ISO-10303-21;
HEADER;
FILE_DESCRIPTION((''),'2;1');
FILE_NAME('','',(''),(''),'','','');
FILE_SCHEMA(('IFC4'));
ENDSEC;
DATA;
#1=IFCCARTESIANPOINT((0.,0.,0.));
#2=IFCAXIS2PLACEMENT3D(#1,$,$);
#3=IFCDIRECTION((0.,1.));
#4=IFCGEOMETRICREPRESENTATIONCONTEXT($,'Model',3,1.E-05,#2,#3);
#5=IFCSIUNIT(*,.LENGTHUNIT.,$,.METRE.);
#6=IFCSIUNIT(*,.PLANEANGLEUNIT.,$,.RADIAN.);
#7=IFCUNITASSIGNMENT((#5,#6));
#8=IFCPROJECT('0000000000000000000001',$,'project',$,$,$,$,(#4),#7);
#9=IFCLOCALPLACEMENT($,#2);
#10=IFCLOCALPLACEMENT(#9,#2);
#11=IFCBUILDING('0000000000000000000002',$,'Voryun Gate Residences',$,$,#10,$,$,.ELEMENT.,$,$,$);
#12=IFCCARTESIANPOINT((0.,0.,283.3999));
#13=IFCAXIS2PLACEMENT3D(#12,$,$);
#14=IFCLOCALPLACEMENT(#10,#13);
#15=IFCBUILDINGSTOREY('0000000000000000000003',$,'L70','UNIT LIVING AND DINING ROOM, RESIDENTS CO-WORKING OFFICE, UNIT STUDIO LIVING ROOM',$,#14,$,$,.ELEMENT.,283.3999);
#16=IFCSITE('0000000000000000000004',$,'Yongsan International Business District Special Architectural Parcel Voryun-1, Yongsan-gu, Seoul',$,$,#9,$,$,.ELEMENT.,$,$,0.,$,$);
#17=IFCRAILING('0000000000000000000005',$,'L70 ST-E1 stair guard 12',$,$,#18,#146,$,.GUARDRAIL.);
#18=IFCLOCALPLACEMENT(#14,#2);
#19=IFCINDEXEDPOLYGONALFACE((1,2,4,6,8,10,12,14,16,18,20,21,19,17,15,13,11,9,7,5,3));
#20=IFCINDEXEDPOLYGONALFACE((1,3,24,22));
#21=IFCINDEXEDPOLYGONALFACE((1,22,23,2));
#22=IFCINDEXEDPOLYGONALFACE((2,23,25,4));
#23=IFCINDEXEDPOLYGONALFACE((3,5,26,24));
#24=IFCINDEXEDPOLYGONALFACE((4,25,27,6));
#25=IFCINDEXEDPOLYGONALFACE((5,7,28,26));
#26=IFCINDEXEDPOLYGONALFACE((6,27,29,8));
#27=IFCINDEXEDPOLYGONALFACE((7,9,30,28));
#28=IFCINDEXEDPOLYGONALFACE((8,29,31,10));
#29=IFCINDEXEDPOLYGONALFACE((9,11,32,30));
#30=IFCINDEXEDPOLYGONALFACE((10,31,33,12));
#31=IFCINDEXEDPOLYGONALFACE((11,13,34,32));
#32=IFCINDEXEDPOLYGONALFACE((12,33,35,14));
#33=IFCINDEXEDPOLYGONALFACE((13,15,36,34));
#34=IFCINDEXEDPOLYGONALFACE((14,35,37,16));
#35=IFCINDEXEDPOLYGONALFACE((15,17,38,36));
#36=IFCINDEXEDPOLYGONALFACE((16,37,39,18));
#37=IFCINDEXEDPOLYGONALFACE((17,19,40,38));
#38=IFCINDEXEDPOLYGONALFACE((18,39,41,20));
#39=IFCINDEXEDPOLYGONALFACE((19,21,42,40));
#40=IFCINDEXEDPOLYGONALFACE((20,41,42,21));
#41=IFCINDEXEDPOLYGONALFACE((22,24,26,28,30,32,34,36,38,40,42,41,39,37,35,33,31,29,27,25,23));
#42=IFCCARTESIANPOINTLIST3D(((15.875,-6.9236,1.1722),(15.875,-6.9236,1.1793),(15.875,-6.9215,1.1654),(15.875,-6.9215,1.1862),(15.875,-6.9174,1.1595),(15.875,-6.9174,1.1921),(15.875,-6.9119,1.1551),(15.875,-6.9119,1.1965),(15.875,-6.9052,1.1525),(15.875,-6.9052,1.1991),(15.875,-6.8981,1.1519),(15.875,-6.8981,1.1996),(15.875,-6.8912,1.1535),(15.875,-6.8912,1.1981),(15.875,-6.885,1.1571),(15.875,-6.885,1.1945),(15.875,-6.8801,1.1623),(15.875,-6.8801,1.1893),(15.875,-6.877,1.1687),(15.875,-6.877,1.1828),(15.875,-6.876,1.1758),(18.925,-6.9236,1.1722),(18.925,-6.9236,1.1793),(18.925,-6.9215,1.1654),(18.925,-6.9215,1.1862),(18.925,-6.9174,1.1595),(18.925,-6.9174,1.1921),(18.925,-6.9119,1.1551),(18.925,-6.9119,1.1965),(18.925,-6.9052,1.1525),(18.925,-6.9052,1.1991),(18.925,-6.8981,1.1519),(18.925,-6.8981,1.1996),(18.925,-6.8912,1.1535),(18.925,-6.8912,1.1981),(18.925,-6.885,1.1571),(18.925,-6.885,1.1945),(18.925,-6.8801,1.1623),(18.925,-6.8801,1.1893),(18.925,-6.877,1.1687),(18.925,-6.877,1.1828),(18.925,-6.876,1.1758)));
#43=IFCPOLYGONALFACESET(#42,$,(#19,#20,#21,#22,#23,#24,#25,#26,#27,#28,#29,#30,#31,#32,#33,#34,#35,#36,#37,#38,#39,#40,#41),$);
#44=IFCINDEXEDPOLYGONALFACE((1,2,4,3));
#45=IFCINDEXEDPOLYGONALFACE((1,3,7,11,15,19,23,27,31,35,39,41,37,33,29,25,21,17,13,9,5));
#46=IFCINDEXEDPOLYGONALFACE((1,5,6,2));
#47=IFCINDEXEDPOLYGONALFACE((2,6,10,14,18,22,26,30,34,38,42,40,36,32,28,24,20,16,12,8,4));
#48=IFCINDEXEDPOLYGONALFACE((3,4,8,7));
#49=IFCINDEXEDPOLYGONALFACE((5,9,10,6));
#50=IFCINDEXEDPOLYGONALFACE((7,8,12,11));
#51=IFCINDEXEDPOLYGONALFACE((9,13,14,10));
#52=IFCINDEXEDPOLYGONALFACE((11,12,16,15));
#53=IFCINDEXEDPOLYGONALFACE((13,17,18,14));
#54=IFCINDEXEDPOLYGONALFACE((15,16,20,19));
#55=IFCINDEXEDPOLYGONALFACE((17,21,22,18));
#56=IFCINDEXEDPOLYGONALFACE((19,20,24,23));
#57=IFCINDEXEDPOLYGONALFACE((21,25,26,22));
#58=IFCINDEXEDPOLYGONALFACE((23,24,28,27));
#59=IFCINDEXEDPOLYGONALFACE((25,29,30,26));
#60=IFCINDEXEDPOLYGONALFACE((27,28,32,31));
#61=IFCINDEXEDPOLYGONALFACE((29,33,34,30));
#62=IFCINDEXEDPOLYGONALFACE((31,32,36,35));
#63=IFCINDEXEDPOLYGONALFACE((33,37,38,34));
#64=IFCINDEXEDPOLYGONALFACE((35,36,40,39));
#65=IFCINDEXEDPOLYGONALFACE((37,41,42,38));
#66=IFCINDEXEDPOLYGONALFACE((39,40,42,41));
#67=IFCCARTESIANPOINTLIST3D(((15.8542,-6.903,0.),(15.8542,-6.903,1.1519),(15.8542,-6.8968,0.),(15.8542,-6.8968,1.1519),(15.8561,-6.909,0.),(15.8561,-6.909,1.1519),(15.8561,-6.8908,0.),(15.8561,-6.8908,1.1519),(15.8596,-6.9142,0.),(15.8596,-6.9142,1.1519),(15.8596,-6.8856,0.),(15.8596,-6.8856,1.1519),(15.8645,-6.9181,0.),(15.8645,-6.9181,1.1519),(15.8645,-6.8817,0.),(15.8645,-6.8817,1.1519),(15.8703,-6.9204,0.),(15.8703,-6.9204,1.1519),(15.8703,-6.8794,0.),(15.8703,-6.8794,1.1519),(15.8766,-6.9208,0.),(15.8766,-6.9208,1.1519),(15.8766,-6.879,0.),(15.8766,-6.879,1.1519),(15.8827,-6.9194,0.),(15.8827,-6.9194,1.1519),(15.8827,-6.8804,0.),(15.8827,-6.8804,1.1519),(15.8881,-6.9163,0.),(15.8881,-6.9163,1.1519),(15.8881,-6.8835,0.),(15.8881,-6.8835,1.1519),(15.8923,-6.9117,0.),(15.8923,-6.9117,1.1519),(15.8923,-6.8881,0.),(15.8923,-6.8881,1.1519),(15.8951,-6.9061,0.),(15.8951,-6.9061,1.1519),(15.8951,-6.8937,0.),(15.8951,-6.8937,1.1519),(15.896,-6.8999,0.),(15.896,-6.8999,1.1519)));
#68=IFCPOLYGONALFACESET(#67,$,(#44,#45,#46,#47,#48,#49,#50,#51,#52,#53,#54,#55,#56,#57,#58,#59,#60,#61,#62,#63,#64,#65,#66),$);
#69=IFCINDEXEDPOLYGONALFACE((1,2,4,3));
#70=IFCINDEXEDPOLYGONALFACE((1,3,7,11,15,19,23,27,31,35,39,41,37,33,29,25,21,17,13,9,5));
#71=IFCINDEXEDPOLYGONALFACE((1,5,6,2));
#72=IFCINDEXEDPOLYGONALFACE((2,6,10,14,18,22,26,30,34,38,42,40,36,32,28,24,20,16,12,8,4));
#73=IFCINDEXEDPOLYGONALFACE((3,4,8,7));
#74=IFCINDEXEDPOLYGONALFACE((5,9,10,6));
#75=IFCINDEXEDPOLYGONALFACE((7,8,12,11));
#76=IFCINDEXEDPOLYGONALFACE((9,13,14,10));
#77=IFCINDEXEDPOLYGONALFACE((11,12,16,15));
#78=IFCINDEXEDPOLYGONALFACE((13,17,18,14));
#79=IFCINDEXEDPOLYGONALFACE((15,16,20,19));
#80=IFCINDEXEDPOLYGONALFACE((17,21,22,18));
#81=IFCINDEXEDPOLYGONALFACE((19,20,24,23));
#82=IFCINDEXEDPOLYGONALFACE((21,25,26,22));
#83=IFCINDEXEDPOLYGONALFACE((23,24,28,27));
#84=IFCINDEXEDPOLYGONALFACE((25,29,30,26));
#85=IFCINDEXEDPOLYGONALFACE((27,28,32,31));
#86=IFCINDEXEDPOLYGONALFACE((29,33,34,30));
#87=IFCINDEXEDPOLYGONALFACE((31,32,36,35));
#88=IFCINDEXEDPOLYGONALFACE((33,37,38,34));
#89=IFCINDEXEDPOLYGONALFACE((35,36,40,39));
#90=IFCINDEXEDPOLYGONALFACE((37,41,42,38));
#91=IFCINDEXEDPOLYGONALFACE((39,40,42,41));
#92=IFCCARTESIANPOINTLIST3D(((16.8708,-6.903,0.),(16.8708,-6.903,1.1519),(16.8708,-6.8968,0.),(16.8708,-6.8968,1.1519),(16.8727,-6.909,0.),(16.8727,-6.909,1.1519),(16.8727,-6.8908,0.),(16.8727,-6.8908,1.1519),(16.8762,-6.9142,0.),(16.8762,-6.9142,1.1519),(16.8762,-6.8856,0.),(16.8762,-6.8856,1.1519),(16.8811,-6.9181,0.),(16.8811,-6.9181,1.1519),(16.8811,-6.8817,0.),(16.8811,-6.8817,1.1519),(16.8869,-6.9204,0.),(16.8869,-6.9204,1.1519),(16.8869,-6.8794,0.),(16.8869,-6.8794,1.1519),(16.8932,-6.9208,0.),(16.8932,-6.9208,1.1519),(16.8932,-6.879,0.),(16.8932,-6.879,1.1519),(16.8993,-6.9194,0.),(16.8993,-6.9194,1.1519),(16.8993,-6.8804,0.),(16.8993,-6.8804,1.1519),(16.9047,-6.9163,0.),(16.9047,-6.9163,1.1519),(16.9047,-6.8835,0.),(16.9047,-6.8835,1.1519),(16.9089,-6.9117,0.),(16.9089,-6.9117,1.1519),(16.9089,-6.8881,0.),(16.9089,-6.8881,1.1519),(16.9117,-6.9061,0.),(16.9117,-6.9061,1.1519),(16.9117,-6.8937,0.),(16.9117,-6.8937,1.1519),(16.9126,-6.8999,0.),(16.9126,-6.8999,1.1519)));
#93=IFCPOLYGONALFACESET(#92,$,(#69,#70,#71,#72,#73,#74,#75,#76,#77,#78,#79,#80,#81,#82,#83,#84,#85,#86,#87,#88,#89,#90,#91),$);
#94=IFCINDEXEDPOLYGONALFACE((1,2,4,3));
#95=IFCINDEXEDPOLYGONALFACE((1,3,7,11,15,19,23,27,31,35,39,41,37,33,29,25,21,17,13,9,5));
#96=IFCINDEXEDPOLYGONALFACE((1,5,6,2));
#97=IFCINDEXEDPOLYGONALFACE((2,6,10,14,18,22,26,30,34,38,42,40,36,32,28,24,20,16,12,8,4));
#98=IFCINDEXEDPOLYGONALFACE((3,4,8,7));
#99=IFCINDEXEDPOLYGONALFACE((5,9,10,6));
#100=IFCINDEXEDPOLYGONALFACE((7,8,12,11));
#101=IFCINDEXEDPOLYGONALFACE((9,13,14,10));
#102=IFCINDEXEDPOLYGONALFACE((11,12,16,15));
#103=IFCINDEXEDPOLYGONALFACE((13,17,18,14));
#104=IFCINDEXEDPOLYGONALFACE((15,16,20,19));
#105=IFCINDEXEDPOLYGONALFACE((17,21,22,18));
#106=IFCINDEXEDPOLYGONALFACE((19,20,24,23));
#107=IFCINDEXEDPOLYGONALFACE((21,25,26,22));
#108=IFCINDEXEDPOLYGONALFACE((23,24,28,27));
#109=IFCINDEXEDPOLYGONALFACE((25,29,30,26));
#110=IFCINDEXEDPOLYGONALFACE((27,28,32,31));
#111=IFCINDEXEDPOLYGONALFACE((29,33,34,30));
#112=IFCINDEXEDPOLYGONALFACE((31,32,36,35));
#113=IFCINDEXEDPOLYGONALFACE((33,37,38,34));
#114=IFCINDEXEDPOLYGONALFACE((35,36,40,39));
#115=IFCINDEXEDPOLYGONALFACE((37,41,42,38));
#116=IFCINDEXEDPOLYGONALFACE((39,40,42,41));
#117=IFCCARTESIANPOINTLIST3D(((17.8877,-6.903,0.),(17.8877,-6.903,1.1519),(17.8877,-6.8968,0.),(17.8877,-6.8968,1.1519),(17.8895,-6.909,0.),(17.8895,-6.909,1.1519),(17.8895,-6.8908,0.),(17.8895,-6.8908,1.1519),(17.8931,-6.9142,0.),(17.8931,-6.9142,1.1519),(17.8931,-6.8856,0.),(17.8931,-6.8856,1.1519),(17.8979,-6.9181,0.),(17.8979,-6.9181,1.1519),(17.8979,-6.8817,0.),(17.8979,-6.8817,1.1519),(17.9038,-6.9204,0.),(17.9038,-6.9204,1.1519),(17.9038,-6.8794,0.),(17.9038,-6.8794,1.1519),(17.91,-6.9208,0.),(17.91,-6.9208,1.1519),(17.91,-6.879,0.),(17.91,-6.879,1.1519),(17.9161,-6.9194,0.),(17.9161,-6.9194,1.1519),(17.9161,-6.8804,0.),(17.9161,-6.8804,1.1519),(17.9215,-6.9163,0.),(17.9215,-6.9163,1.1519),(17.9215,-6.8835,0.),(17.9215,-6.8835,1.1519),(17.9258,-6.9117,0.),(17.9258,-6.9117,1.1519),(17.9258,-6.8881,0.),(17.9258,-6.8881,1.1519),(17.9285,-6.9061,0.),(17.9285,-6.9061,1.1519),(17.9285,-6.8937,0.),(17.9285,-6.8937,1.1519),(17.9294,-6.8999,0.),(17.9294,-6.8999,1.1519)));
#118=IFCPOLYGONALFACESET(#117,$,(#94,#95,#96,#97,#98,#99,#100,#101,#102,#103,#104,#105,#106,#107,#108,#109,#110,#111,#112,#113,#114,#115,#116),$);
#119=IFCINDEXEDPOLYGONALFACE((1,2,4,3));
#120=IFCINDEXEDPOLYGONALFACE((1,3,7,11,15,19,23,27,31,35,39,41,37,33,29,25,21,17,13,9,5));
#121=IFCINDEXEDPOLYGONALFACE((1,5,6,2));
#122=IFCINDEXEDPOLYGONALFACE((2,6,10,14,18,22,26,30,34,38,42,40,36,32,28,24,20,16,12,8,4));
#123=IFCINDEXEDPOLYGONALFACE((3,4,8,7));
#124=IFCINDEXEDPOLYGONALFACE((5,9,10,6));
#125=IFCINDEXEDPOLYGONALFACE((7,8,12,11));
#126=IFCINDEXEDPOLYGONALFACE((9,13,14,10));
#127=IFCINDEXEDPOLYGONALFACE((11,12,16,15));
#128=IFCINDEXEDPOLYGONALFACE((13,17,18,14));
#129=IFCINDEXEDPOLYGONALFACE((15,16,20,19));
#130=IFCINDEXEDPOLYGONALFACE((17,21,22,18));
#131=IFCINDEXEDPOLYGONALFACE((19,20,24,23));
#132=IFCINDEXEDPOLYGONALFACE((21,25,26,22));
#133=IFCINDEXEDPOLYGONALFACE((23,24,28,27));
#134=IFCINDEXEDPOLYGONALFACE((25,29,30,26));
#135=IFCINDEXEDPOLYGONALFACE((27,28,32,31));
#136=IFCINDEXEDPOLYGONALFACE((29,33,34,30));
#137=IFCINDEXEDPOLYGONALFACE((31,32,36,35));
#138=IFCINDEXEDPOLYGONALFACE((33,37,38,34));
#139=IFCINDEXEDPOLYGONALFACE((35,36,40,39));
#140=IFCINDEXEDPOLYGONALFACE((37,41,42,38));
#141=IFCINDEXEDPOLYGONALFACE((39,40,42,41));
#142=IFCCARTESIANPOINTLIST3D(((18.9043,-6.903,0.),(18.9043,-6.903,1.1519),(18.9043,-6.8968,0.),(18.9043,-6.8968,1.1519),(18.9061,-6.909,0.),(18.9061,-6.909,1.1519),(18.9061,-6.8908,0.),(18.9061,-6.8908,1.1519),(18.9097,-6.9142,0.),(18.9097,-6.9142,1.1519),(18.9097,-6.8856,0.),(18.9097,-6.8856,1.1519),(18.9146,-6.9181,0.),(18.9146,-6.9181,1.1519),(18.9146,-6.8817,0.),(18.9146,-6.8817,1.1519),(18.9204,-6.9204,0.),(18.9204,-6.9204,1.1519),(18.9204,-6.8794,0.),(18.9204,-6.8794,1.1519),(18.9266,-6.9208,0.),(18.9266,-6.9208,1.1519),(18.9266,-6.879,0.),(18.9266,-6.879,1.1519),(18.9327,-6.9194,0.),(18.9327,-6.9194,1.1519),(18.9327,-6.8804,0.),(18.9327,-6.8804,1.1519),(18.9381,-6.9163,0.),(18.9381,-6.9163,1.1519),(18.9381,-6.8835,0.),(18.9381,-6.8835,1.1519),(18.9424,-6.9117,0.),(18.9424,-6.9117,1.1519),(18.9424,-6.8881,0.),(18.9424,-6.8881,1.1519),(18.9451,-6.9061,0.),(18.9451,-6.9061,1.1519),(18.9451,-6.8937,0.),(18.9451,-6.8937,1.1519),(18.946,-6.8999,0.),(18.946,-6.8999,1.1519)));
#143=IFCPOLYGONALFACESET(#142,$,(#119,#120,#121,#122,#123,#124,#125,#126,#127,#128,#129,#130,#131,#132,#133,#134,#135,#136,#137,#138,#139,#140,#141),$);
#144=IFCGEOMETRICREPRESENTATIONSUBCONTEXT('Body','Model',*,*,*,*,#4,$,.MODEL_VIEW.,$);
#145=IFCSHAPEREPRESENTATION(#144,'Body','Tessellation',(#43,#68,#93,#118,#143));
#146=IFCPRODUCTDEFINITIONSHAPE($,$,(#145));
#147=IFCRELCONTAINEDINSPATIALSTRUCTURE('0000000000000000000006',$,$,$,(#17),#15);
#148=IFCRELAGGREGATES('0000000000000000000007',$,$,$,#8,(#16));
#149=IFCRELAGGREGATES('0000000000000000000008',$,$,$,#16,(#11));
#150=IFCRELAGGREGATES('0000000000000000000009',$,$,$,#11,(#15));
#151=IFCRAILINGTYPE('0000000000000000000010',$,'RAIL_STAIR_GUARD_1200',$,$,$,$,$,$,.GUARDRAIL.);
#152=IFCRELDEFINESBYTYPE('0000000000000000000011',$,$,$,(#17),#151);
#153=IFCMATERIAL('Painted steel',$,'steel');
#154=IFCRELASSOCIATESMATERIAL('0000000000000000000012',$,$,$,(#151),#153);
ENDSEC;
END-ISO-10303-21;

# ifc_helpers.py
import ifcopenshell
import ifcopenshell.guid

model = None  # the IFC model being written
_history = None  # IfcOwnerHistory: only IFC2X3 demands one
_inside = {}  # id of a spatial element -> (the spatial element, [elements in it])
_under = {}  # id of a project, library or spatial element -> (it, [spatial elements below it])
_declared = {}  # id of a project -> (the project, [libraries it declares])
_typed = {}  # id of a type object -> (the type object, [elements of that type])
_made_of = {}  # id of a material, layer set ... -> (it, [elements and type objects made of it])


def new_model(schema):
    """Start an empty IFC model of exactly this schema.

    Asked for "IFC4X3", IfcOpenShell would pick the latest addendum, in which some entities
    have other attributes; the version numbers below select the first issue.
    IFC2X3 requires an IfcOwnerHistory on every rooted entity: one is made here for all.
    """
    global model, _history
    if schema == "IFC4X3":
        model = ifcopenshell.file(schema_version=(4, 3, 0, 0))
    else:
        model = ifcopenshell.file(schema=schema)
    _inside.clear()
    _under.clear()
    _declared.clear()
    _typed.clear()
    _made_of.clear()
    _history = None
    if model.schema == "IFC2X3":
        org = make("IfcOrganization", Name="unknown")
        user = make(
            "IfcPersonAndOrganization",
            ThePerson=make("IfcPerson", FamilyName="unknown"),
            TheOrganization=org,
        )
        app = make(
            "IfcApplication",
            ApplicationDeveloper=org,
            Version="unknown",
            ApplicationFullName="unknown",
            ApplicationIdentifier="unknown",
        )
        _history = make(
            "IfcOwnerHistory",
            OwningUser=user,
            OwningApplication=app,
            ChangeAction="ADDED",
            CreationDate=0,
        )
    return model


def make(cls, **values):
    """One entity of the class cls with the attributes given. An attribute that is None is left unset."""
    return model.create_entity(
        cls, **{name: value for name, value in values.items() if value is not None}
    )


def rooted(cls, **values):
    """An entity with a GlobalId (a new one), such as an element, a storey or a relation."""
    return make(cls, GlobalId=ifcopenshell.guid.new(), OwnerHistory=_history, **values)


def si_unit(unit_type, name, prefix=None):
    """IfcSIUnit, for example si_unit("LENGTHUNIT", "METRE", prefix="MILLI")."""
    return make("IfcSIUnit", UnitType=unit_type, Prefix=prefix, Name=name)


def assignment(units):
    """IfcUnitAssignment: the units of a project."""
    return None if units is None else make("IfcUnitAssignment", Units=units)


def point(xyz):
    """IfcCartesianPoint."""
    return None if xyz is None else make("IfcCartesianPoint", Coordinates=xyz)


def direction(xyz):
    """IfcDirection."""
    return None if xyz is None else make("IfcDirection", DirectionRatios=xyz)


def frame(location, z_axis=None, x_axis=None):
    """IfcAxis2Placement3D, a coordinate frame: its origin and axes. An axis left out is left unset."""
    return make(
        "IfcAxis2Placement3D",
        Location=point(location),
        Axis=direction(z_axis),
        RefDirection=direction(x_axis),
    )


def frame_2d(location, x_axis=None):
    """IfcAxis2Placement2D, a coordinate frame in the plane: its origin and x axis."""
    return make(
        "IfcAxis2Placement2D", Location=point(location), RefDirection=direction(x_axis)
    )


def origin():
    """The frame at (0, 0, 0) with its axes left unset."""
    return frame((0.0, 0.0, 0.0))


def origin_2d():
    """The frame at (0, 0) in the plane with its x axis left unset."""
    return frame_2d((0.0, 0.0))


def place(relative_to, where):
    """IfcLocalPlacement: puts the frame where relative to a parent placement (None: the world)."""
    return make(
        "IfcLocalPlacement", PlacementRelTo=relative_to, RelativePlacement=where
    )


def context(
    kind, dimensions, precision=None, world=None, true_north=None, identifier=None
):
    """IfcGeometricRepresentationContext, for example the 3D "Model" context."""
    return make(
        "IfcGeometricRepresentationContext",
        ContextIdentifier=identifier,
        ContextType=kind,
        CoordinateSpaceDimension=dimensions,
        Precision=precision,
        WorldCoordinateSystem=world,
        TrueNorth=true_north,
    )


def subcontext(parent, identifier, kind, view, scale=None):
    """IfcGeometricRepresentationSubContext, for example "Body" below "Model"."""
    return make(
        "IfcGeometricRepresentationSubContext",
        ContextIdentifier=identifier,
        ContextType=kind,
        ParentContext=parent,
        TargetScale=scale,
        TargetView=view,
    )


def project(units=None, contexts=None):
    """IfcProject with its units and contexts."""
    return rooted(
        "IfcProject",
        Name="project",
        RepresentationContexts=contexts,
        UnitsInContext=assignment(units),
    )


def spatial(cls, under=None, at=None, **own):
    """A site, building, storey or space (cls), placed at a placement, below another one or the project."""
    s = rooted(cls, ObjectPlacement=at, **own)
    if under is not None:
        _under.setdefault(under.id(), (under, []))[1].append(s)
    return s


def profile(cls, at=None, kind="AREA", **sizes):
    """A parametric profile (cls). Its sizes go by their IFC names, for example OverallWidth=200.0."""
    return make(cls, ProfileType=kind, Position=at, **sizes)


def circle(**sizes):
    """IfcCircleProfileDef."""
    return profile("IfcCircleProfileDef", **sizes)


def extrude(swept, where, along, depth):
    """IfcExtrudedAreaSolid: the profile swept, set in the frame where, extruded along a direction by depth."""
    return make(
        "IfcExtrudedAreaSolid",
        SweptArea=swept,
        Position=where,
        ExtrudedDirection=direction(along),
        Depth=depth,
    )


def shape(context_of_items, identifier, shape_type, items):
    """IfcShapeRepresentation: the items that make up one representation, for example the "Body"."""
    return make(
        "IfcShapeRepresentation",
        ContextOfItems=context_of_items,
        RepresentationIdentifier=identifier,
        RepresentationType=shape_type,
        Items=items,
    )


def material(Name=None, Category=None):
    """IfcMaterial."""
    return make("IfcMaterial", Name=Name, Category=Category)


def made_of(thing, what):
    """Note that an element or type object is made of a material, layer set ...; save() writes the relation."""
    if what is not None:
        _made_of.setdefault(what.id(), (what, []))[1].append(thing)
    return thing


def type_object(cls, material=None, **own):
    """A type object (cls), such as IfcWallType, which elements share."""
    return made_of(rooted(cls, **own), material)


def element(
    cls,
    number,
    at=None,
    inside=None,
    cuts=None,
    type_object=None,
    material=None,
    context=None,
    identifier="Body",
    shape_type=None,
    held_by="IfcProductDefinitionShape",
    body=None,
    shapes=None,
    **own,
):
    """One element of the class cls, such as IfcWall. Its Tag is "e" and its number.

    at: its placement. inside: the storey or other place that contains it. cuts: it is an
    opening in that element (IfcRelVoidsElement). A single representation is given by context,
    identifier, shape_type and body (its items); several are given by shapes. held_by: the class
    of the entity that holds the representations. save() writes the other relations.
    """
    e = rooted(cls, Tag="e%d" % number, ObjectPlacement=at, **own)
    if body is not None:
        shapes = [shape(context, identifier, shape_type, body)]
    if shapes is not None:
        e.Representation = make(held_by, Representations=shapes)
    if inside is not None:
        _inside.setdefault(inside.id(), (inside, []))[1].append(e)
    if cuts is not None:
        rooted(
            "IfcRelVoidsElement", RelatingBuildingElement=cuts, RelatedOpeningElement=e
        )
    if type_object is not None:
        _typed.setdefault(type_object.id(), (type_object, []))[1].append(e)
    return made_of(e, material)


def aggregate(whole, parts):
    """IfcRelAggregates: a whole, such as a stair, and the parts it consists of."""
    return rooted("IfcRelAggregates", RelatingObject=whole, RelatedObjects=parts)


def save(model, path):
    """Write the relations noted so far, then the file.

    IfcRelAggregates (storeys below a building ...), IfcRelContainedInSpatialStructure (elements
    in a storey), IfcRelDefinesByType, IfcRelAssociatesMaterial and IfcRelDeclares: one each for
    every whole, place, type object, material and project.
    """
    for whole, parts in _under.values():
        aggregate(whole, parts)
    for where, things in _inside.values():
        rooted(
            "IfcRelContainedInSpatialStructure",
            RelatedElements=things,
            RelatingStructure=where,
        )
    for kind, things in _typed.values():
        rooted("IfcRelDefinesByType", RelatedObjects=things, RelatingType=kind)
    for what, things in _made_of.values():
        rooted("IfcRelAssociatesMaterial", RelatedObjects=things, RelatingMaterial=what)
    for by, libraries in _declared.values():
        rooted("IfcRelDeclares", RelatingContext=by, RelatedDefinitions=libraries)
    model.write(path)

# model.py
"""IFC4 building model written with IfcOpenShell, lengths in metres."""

from ifc_helpers import new_model, si_unit, direction, frame, origin, origin_2d, place, context, subcontext, project, spatial, circle, extrude, material, type_object, element, save


model = new_model("IFC4")

# Units and contexts
model_context = context("Model", 3, precision=1e-05, world=origin(), true_north=direction((0.0, 1.0)))
body_context = subcontext(model_context, "Body", "Model", "MODEL_VIEW")
ifc_project = project(units=[si_unit("LENGTHUNIT", "METRE"), si_unit("PLANEANGLEUNIT", "RADIAN")], contexts=[model_context])

# Site, building, storey
site_placement = place(None, origin())
site = spatial("IfcSite", under=ifc_project, at=site_placement, Name="Yongsan International Business District Special Architectural Parcel Voryun-1, Yongsan-gu, Seoul", CompositionType="ELEMENT", RefElevation=0.0)
building_placement = place(site_placement, origin())
building = spatial("IfcBuilding", under=site, at=building_placement, Name="Voryun Gate Residences", CompositionType="ELEMENT")
storey_placement = place(building_placement, frame((0.0, 0.0, 283.3999)))
storey = spatial("IfcBuildingStorey", under=building, at=storey_placement, Name="L70", Description="UNIT LIVING AND DINING ROOM, RESIDENTS CO-WORKING OFFICE, UNIT STUDIO LIVING ROOM", CompositionType="ELEMENT", Elevation=283.3999)

# Railing
ifc_material_1 = material(Name="Painted steel", Category="steel")
railing_type_1 = type_object("IfcRailingType", Name="RAIL_STAIR_GUARD_1200", PredefinedType="GUARDRAIL", material=ifc_material_1)
railing_1_placement = place(storey_placement, frame((15.875, -6.8999, 0.0)))
element("IfcRailing", 1, at=railing_1_placement, inside=storey, type_object=railing_type_1, Name="L70 ST-E1 stair guard 12", PredefinedType="GUARDRAIL", context=body_context, shape_type="SweptSolid", body=[
    extrude(circle(Radius=0.0239, at=origin_2d()), frame((0.0, 0.0, 1.1758), z_axis=(1.0, 0.0, 0.0), x_axis=(0.0, 1.0, 0.0)), (0.0, 0.0, 1.0), 3.05),
    extrude(circle(Radius=0.021, at=origin_2d()), origin(), (0.0, 0.0, 1.0), 1.1519),
    extrude(circle(Radius=0.021, at=origin_2d()), frame((1.0166, 0.0, 0.0)), (0.0, 0.0, 1.0), 1.1519),
    extrude(circle(Radius=0.021, at=origin_2d()), frame((2.0334, 0.0, 0.0)), (0.0, 0.0, 1.0), 1.1519),
    extrude(circle(Radius=0.021, at=origin_2d()), frame((3.05, 0.0, 0.0)), (0.0, 0.0, 1.0), 1.1519),
])

save(model, "model.ifc")
